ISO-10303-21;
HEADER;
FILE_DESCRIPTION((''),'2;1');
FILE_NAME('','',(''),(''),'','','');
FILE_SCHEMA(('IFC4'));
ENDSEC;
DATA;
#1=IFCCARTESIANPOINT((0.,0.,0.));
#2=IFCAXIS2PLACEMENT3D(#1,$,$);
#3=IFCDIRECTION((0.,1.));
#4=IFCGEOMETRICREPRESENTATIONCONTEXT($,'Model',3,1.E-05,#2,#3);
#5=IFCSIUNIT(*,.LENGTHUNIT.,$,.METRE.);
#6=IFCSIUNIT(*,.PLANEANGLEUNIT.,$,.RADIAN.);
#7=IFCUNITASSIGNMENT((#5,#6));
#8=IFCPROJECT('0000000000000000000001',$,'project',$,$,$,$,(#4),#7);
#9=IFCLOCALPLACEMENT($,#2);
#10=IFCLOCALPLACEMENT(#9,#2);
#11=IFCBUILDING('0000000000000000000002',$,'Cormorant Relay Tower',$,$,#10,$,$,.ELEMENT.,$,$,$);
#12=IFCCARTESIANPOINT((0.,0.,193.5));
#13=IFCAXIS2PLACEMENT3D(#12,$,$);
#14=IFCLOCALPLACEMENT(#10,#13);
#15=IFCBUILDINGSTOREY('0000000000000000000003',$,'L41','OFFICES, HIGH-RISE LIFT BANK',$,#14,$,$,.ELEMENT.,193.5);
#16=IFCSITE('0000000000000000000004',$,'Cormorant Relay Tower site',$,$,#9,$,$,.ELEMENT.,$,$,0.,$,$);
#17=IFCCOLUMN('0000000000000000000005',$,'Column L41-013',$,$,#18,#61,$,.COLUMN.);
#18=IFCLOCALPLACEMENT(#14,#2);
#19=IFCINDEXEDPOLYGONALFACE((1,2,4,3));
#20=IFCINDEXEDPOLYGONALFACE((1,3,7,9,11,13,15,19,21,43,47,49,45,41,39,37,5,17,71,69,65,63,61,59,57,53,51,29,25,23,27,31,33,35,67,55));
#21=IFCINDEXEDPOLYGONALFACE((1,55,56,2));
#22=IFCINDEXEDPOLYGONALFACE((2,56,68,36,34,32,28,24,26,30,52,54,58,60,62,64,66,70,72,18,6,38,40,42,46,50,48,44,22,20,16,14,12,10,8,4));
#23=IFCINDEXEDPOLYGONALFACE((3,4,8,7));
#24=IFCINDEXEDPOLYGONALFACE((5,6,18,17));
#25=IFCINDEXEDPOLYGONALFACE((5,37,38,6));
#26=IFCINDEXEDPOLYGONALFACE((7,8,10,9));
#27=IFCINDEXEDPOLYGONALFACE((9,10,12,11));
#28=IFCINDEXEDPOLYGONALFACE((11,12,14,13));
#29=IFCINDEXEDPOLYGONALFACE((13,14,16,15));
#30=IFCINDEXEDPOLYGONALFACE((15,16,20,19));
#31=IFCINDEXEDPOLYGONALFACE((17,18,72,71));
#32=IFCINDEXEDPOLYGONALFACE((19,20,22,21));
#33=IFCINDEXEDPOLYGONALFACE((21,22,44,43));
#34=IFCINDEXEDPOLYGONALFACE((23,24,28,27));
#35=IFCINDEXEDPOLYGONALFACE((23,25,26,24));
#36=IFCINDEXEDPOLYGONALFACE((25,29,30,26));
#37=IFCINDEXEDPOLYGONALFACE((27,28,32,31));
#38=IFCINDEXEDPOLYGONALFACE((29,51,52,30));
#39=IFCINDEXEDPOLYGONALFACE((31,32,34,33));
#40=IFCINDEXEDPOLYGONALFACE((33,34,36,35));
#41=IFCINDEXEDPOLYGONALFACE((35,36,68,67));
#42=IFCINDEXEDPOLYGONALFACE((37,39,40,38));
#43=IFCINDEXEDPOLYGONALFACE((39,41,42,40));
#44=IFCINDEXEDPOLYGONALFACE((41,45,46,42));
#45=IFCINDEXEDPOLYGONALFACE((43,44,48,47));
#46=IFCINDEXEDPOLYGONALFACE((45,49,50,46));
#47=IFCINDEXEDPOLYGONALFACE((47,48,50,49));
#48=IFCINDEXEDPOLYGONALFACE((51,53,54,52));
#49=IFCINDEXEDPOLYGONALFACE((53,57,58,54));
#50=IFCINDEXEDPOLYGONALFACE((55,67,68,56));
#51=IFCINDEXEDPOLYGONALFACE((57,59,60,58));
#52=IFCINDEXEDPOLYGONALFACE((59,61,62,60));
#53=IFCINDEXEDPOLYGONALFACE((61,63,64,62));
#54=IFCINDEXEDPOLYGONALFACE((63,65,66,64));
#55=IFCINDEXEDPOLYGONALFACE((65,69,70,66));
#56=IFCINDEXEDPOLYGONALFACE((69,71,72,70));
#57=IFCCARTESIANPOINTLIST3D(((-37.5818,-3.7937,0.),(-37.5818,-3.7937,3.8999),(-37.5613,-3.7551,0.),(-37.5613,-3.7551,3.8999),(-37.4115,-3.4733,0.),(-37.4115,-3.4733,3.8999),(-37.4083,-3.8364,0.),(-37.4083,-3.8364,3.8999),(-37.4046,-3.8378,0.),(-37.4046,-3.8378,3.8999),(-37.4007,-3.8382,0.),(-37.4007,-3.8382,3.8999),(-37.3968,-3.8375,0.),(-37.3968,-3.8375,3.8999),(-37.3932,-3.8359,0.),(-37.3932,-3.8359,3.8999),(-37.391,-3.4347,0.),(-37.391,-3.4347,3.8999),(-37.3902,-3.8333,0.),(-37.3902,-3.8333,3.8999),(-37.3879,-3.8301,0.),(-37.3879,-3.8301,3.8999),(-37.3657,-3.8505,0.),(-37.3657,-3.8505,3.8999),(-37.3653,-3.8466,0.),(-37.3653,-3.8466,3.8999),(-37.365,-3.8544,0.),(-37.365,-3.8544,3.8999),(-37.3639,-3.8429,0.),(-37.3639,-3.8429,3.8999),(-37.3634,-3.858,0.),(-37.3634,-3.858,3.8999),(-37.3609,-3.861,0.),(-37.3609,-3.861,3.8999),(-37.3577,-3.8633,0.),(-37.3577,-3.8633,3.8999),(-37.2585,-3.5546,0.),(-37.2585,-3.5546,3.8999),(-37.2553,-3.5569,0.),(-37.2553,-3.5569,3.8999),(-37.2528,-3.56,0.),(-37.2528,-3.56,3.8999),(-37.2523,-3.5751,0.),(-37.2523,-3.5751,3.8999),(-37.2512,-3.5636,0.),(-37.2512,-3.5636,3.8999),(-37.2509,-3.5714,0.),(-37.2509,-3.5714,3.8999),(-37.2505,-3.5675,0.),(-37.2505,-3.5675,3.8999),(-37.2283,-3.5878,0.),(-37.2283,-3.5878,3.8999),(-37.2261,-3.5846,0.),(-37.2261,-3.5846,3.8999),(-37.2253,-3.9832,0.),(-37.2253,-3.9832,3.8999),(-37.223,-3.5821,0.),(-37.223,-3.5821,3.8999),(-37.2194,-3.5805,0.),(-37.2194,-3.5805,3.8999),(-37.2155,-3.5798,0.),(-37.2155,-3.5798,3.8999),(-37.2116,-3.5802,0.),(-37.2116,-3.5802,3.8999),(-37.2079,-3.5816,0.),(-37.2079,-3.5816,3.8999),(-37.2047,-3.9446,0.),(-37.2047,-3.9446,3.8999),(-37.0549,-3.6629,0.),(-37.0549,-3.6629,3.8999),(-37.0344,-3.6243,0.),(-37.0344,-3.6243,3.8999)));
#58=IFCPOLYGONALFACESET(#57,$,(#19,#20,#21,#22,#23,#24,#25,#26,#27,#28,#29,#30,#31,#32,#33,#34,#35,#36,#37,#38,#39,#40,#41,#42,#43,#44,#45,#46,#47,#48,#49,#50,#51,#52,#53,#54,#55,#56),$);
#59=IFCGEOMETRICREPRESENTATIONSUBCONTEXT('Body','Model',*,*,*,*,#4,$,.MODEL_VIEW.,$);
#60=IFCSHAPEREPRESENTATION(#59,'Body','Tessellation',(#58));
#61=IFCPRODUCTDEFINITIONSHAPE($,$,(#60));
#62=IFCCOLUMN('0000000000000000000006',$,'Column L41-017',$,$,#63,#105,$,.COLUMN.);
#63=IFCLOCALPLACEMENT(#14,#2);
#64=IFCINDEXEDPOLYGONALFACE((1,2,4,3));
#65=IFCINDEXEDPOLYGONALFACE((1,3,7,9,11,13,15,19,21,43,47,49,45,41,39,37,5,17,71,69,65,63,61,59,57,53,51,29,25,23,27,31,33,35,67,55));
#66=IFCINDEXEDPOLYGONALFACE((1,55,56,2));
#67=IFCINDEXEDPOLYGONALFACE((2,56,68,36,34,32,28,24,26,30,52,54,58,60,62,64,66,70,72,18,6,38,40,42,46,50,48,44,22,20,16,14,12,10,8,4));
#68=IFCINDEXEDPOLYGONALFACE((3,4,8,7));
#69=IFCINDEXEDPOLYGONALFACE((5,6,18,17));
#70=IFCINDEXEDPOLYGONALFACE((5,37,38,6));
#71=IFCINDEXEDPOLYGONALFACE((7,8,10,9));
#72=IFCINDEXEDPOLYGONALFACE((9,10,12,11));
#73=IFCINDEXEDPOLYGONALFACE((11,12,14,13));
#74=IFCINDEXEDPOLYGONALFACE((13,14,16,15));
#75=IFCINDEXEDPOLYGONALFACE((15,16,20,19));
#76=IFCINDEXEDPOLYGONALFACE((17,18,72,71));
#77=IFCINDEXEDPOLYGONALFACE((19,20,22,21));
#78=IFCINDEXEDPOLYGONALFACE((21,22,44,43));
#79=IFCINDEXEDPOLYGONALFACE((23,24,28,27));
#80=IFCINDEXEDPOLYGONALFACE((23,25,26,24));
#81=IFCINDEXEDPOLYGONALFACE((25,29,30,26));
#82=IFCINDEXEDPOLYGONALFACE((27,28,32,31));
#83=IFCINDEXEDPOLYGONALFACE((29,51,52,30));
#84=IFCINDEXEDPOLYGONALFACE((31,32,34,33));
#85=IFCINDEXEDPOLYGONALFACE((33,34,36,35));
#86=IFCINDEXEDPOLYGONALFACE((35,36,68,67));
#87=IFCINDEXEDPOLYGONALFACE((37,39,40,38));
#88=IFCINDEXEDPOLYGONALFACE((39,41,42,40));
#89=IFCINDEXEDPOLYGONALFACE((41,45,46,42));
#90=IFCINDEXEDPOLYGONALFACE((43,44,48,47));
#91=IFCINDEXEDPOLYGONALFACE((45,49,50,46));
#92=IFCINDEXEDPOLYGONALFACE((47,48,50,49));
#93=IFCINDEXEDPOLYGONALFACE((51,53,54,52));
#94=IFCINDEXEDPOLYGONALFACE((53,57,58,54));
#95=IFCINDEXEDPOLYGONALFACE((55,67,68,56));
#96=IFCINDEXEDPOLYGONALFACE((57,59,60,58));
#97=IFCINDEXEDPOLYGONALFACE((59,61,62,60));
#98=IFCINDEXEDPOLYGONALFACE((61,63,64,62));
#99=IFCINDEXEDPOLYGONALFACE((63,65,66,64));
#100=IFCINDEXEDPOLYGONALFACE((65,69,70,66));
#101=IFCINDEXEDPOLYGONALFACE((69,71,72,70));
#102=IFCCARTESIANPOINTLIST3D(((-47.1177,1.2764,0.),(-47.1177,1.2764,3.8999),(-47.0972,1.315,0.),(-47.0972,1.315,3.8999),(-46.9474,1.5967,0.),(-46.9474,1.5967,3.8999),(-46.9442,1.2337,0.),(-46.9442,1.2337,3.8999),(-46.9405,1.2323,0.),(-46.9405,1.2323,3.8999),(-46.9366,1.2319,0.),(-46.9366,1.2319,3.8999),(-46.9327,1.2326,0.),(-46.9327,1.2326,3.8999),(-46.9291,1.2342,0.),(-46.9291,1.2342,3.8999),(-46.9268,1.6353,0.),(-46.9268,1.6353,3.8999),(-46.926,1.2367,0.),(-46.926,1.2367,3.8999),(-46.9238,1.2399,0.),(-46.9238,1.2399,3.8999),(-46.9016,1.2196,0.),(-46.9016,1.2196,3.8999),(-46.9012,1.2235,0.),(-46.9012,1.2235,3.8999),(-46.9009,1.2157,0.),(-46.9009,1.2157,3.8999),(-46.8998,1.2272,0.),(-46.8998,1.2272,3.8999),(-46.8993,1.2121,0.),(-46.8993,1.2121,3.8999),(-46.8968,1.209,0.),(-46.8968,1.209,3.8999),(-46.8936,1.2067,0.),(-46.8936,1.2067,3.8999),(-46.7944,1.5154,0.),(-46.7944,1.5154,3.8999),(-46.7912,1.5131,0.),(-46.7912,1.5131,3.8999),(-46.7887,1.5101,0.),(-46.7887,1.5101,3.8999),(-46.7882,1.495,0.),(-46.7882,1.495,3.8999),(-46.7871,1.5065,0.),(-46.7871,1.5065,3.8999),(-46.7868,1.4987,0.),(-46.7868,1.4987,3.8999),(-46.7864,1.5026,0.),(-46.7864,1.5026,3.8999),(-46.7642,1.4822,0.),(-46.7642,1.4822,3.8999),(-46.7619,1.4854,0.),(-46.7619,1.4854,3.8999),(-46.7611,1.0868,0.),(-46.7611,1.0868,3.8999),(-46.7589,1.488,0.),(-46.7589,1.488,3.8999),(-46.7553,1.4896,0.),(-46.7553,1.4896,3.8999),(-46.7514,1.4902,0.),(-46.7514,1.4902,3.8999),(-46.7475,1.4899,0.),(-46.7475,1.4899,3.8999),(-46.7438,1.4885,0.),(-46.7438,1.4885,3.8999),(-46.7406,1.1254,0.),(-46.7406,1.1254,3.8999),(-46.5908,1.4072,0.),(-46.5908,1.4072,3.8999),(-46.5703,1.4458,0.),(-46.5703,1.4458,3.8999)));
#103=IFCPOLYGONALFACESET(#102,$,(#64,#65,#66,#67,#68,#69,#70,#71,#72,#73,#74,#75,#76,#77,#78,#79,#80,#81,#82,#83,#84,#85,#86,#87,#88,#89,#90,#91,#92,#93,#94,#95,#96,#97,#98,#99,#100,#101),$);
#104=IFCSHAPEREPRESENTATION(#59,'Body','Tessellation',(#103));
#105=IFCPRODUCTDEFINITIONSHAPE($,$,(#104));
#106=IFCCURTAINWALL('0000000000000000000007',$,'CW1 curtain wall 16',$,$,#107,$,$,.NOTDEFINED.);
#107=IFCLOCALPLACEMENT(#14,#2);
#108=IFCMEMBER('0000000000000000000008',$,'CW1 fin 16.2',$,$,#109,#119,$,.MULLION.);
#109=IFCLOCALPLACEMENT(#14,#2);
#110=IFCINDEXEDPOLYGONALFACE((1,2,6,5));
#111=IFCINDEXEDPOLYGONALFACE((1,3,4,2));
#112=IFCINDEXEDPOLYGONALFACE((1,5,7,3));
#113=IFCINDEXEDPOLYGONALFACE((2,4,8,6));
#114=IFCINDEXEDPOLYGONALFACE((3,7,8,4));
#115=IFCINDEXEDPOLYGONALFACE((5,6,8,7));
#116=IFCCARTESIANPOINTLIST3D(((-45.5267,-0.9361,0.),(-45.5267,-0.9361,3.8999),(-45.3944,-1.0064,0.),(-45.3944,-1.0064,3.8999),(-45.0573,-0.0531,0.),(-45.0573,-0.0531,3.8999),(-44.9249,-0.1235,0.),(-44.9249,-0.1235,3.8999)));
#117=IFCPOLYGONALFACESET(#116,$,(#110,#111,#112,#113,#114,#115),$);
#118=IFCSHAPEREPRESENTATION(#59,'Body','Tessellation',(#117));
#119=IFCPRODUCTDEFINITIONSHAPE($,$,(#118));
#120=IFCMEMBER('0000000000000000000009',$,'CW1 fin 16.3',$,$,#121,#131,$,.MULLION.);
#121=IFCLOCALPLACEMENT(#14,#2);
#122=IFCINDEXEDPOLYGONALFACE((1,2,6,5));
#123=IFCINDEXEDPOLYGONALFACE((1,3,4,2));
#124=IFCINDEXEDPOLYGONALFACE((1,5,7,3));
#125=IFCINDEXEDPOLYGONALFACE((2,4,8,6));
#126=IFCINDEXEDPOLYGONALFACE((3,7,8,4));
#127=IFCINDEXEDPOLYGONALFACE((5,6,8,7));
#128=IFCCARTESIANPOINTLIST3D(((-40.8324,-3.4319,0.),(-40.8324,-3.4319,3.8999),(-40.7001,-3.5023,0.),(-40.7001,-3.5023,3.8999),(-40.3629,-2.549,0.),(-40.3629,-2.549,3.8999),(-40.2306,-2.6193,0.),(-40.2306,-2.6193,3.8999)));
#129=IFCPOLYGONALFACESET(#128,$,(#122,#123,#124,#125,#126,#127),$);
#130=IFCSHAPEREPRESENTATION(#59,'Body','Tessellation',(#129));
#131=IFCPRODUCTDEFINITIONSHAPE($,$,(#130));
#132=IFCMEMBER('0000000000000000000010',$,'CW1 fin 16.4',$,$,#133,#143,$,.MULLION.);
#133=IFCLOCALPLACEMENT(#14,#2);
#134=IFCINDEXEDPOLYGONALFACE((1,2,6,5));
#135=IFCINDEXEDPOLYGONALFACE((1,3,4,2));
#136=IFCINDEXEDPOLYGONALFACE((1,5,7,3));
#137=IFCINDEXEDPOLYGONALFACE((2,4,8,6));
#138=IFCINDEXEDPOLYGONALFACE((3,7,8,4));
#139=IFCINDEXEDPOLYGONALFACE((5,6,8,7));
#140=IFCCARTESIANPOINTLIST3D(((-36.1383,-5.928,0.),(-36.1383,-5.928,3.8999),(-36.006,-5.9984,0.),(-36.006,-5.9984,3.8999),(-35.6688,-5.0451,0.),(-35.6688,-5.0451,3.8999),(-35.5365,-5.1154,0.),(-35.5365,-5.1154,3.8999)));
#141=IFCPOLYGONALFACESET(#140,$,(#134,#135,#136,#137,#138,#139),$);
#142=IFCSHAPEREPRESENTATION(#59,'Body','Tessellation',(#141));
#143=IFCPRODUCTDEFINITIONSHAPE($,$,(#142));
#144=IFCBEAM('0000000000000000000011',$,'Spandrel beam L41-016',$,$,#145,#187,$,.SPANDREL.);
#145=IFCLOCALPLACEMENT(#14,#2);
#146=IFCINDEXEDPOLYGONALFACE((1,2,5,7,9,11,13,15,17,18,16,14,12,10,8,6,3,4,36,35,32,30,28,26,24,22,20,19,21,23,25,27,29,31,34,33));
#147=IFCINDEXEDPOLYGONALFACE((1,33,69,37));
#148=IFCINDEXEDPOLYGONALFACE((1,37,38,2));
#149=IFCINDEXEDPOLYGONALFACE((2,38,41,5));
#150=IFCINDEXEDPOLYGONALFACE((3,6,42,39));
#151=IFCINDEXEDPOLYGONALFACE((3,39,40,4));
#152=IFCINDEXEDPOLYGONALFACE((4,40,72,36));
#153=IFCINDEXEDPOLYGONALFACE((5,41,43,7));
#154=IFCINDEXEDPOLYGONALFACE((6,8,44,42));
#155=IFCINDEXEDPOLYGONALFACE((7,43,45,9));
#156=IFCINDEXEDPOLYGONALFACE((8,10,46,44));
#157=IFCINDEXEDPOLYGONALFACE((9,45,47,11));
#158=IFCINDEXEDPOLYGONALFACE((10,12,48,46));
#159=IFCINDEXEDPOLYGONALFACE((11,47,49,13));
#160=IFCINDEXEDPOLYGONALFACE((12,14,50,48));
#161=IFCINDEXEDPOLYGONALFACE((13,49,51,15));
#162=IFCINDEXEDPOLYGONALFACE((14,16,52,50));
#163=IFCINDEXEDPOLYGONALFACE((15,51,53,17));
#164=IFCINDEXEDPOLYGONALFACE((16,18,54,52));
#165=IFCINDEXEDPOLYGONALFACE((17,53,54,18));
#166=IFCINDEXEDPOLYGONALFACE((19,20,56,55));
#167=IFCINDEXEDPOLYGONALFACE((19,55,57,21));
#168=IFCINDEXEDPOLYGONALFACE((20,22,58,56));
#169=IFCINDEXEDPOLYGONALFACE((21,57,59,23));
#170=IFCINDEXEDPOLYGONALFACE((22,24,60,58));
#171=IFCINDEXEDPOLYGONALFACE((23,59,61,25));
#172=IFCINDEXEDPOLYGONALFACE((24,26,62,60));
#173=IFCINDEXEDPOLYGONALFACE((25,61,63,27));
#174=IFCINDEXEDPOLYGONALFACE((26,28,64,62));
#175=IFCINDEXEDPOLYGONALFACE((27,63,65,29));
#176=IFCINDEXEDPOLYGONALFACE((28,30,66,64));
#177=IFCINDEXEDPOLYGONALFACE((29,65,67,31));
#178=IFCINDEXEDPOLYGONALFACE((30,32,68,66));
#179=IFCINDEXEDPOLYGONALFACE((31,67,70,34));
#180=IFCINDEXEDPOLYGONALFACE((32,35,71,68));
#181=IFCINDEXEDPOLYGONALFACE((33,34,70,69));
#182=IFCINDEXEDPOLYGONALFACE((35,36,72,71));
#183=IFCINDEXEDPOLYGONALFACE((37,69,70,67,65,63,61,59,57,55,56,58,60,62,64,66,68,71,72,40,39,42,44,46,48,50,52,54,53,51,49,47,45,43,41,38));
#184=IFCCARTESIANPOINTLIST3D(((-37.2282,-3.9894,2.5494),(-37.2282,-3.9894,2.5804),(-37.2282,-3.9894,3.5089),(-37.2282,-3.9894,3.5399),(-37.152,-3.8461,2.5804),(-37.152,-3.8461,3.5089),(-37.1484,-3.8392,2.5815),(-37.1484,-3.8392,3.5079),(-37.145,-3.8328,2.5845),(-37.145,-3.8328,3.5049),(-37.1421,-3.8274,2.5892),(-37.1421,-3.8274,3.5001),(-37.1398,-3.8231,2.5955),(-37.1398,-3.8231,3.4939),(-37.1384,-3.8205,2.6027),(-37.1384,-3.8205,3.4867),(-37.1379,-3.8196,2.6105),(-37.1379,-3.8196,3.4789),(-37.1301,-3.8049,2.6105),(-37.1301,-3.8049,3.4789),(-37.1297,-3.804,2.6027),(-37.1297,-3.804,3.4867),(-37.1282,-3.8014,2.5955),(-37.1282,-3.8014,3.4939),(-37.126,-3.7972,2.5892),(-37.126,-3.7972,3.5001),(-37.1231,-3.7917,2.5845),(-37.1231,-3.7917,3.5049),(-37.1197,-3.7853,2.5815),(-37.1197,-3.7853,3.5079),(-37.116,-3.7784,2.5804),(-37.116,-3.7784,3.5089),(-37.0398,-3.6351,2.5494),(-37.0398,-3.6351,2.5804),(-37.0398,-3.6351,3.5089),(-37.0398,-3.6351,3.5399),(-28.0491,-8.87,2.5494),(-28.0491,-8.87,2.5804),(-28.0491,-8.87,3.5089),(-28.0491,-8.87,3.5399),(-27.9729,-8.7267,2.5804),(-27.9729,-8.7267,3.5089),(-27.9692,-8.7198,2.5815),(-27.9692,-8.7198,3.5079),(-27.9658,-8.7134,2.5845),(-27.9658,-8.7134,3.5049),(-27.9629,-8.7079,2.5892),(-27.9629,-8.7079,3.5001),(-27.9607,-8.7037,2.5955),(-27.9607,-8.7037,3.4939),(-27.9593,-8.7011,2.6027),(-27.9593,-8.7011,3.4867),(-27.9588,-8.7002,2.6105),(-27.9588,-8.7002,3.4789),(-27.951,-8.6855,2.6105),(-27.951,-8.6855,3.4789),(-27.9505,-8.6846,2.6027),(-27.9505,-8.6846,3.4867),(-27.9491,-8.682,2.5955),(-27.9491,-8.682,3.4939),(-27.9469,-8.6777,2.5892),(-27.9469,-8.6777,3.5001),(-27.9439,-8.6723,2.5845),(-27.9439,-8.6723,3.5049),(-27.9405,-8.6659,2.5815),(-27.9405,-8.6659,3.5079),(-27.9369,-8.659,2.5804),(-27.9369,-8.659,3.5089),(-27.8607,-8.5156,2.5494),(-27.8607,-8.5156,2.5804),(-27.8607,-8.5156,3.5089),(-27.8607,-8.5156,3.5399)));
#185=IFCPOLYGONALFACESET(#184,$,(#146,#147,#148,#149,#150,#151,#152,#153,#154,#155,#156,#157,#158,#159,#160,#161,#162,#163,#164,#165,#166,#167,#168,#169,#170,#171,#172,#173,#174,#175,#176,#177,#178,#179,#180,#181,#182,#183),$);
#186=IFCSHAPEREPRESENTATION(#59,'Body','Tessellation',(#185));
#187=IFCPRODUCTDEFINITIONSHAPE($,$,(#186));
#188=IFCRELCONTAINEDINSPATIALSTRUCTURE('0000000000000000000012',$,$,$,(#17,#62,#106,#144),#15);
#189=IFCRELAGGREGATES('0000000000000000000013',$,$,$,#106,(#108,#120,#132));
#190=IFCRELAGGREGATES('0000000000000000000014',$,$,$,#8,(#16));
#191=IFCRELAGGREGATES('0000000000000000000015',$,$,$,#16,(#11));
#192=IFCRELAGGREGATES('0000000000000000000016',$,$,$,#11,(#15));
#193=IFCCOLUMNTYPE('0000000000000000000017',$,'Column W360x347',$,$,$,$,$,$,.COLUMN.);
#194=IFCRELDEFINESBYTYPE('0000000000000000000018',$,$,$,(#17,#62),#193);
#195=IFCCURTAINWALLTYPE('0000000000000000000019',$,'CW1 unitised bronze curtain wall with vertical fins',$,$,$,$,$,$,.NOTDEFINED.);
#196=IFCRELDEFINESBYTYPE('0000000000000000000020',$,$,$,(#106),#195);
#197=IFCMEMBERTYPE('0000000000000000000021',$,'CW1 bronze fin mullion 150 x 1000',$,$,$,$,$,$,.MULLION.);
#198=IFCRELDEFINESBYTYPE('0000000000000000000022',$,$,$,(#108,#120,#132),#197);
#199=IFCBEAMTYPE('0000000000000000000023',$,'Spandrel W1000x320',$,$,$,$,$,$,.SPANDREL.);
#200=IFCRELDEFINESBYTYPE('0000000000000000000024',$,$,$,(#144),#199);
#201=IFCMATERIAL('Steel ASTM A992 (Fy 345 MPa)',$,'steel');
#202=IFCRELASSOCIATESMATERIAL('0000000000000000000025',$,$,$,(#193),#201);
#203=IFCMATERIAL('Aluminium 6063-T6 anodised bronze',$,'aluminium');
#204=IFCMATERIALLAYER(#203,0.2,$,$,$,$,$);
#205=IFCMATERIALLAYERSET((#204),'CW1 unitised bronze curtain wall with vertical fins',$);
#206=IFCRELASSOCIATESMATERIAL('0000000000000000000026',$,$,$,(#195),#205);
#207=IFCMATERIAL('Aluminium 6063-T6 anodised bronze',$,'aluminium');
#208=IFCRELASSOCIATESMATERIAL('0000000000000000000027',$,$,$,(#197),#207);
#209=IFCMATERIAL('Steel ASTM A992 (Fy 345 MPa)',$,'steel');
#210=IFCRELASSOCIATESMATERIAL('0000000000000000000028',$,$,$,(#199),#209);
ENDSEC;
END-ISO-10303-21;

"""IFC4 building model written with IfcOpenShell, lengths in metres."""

from ifc_helpers import new_model, si_unit, direction, frame, origin, origin_2d, place, context, subcontext, project, spatial, rectangle, i_section, extrude, material, layer, layer_set, material_profile, profile_set, type_object, element, aggregate, save


model = new_model("IFC4")

# Units and contexts
model_context = context("Model", 3, precision=1e-05, world=origin(), true_north=direction((0.0, 1.0)))
body_context = subcontext(model_context, "Body", "Model", "MODEL_VIEW")
ifc_project = project(units=[si_unit("LENGTHUNIT", "METRE"), si_unit("PLANEANGLEUNIT", "RADIAN")], contexts=[model_context])

# Site, building, storey
site_placement = place(None, origin())
site = spatial("IfcSite", under=ifc_project, at=site_placement, Name="Cormorant Relay Tower site", CompositionType="ELEMENT", RefElevation=0.0)
building_placement = place(site_placement, origin())
building = spatial("IfcBuilding", under=site, at=building_placement, Name="Cormorant Relay Tower", CompositionType="ELEMENT")
storey_placement = place(building_placement, frame((0.0, 0.0, 193.5)))
storey = spatial("IfcBuildingStorey", under=building, at=storey_placement, Name="L41", Description="OFFICES, HIGH-RISE LIFT BANK", CompositionType="ELEMENT", Elevation=193.5)

# Columns
ifc_material_1 = material(Name="Steel ASTM A992 (Fy 345 MPa)", Category="steel")
ifc_material_profile_1 = material_profile(ifc_material_1, i_section(OverallWidth=0.4038, OverallDepth=0.4065, WebThickness=0.0271, FlangeThickness=0.0437, FilletRadius=0.0151, at=origin_2d()), Name="W360x347")
ifc_profile_set_1 = profile_set([ifc_material_profile_1], Name="Steel ASTM A992 (Fy 345 MPa)")
column_type = type_object("IfcColumnType", Name="Column W360x347", PredefinedType="COLUMN", material=ifc_profile_set_1)
for number, where, z_axis, x_axis, name in (
    (1, (-37.3081, -3.709, 0.0), (0.0, 0.0, 1.0), (0.882948, -0.469472, 0.0), "Column L41-013"),
    (2, (-46.844, 1.3611, 0.0), (0.0, 0.0, 1.0), (0.882948, -0.469472, 0.0), "Column L41-017"),
):
    element("IfcColumn", number, at=place(storey_placement, frame(where, z_axis=z_axis, x_axis=x_axis)), inside=storey, type_object=column_type, Name=name, PredefinedType="COLUMN", context=body_context, shape_type="SweptSolid", body=[
        extrude(i_section(OverallWidth=0.4038, OverallDepth=0.4065, WebThickness=0.0271, FlangeThickness=0.0437, FilletRadius=0.0151, at=origin_2d()), origin(), (0.0, 0.0, 1.0), 3.8999),
    ])

# Curtain wall, members
ifc_material_2 = material(Name="Aluminium 6063-T6 anodised bronze", Category="aluminium")
ifc_layer_1 = layer(ifc_material_2, 0.2)
ifc_layer_set_1 = layer_set([ifc_layer_1], Name="CW1 unitised bronze curtain wall with vertical fins")
curtain_wall_type = type_object("IfcCurtainWallType", Name="CW1 unitised bronze curtain wall with vertical fins", PredefinedType="NOTDEFINED", material=ifc_layer_set_1)
curtain_wall_placement = place(storey_placement, origin())
curtain_wall = element("IfcCurtainWall", 3, at=curtain_wall_placement, inside=storey, type_object=curtain_wall_type, Name="CW1 curtain wall 16", PredefinedType="NOTDEFINED")
ifc_material_3 = material(Name="Aluminium 6063-T6 anodised bronze", Category="aluminium")
ifc_material_profile_2 = material_profile(ifc_material_3, rectangle(XDim=0.1499, YDim=1.0, at=origin_2d()), Name="AL 150x1000")
ifc_profile_set_2 = profile_set([ifc_material_profile_2], Name="Aluminium 6063-T6 anodised bronze")
member_type = type_object("IfcMemberType", Name="CW1 bronze fin mullion 150 x 1000", PredefinedType="MULLION", material=ifc_profile_set_2)
member_1_placement = place(storey_placement, frame((-45.2258, -0.5298, 0.0), z_axis=(0.0, 0.0, 1.0), x_axis=(0.882948, -0.469472, 0.0)))
member_1 = element("IfcMember", 4, at=member_1_placement, type_object=member_type, Name="CW1 fin 16.2", PredefinedType="MULLION", context=body_context, shape_type="SweptSolid", body=[
    extrude(rectangle(XDim=0.1499, YDim=1.0, at=origin_2d()), origin(), (0.0, 0.0, 1.0), 3.8999),
])
member_2_placement = place(storey_placement, frame((-40.5315, -3.0256, 0.0), z_axis=(0.0, 0.0, 1.0), x_axis=(0.882948, -0.469472, 0.0)))
member_2 = element("IfcMember", 5, at=member_2_placement, type_object=member_type, Name="CW1 fin 16.3", PredefinedType="MULLION", context=body_context, shape_type="SweptSolid", body=[
    extrude(rectangle(XDim=0.1499, YDim=1.0, at=origin_2d()), origin(), (0.0, 0.0, 1.0), 3.8999),
])
member_3_placement = place(storey_placement, frame((-35.8374, -5.5217, 0.0), z_axis=(0.0, 0.0, 1.0), x_axis=(0.882948, -0.469472, 0.0)))
member_3 = element("IfcMember", 6, at=member_3_placement, type_object=member_type, Name="CW1 fin 16.4", PredefinedType="MULLION", context=body_context, shape_type="SweptSolid", body=[
    extrude(rectangle(XDim=0.1499, YDim=1.0, at=origin_2d()), origin(), (0.0, 0.0, 1.0), 3.8999),
])

# Beam
ifc_material_4 = material(Name="Steel ASTM A992 (Fy 345 MPa)", Category="steel")
ifc_material_profile_3 = material_profile(ifc_material_4, i_section(OverallWidth=0.4014, OverallDepth=0.9905, WebThickness=0.0166, FlangeThickness=0.031, FilletRadius=0.03, at=origin_2d()), Name="W1000x320")
ifc_profile_set_3 = profile_set([ifc_material_profile_3], Name="Steel ASTM A992 (Fy 345 MPa)")
beam_type_1 = type_object("IfcBeamType", Name="Spandrel W1000x320", PredefinedType="SPANDREL", material=ifc_profile_set_3)
beam_1_placement = place(storey_placement, frame((-37.134, -3.8123, 3.0447), z_axis=(0.88295, -0.469468, 0.0), x_axis=(0.469468, 0.88295, 0.0)))
element("IfcBeam", 7, at=beam_1_placement, inside=storey, type_object=beam_type_1, Name="Spandrel beam L41-016", PredefinedType="SPANDREL", context=body_context, shape_type="SweptSolid", body=[
    extrude(i_section(OverallWidth=0.4014, OverallDepth=0.9905, WebThickness=0.0166, FlangeThickness=0.031, FilletRadius=0.03, at=origin_2d()), origin(), (0.0, 0.0, 1.0), 10.396),
])

aggregate(curtain_wall, [member_1, member_2, member_3])

save(model, "model.ifc")
